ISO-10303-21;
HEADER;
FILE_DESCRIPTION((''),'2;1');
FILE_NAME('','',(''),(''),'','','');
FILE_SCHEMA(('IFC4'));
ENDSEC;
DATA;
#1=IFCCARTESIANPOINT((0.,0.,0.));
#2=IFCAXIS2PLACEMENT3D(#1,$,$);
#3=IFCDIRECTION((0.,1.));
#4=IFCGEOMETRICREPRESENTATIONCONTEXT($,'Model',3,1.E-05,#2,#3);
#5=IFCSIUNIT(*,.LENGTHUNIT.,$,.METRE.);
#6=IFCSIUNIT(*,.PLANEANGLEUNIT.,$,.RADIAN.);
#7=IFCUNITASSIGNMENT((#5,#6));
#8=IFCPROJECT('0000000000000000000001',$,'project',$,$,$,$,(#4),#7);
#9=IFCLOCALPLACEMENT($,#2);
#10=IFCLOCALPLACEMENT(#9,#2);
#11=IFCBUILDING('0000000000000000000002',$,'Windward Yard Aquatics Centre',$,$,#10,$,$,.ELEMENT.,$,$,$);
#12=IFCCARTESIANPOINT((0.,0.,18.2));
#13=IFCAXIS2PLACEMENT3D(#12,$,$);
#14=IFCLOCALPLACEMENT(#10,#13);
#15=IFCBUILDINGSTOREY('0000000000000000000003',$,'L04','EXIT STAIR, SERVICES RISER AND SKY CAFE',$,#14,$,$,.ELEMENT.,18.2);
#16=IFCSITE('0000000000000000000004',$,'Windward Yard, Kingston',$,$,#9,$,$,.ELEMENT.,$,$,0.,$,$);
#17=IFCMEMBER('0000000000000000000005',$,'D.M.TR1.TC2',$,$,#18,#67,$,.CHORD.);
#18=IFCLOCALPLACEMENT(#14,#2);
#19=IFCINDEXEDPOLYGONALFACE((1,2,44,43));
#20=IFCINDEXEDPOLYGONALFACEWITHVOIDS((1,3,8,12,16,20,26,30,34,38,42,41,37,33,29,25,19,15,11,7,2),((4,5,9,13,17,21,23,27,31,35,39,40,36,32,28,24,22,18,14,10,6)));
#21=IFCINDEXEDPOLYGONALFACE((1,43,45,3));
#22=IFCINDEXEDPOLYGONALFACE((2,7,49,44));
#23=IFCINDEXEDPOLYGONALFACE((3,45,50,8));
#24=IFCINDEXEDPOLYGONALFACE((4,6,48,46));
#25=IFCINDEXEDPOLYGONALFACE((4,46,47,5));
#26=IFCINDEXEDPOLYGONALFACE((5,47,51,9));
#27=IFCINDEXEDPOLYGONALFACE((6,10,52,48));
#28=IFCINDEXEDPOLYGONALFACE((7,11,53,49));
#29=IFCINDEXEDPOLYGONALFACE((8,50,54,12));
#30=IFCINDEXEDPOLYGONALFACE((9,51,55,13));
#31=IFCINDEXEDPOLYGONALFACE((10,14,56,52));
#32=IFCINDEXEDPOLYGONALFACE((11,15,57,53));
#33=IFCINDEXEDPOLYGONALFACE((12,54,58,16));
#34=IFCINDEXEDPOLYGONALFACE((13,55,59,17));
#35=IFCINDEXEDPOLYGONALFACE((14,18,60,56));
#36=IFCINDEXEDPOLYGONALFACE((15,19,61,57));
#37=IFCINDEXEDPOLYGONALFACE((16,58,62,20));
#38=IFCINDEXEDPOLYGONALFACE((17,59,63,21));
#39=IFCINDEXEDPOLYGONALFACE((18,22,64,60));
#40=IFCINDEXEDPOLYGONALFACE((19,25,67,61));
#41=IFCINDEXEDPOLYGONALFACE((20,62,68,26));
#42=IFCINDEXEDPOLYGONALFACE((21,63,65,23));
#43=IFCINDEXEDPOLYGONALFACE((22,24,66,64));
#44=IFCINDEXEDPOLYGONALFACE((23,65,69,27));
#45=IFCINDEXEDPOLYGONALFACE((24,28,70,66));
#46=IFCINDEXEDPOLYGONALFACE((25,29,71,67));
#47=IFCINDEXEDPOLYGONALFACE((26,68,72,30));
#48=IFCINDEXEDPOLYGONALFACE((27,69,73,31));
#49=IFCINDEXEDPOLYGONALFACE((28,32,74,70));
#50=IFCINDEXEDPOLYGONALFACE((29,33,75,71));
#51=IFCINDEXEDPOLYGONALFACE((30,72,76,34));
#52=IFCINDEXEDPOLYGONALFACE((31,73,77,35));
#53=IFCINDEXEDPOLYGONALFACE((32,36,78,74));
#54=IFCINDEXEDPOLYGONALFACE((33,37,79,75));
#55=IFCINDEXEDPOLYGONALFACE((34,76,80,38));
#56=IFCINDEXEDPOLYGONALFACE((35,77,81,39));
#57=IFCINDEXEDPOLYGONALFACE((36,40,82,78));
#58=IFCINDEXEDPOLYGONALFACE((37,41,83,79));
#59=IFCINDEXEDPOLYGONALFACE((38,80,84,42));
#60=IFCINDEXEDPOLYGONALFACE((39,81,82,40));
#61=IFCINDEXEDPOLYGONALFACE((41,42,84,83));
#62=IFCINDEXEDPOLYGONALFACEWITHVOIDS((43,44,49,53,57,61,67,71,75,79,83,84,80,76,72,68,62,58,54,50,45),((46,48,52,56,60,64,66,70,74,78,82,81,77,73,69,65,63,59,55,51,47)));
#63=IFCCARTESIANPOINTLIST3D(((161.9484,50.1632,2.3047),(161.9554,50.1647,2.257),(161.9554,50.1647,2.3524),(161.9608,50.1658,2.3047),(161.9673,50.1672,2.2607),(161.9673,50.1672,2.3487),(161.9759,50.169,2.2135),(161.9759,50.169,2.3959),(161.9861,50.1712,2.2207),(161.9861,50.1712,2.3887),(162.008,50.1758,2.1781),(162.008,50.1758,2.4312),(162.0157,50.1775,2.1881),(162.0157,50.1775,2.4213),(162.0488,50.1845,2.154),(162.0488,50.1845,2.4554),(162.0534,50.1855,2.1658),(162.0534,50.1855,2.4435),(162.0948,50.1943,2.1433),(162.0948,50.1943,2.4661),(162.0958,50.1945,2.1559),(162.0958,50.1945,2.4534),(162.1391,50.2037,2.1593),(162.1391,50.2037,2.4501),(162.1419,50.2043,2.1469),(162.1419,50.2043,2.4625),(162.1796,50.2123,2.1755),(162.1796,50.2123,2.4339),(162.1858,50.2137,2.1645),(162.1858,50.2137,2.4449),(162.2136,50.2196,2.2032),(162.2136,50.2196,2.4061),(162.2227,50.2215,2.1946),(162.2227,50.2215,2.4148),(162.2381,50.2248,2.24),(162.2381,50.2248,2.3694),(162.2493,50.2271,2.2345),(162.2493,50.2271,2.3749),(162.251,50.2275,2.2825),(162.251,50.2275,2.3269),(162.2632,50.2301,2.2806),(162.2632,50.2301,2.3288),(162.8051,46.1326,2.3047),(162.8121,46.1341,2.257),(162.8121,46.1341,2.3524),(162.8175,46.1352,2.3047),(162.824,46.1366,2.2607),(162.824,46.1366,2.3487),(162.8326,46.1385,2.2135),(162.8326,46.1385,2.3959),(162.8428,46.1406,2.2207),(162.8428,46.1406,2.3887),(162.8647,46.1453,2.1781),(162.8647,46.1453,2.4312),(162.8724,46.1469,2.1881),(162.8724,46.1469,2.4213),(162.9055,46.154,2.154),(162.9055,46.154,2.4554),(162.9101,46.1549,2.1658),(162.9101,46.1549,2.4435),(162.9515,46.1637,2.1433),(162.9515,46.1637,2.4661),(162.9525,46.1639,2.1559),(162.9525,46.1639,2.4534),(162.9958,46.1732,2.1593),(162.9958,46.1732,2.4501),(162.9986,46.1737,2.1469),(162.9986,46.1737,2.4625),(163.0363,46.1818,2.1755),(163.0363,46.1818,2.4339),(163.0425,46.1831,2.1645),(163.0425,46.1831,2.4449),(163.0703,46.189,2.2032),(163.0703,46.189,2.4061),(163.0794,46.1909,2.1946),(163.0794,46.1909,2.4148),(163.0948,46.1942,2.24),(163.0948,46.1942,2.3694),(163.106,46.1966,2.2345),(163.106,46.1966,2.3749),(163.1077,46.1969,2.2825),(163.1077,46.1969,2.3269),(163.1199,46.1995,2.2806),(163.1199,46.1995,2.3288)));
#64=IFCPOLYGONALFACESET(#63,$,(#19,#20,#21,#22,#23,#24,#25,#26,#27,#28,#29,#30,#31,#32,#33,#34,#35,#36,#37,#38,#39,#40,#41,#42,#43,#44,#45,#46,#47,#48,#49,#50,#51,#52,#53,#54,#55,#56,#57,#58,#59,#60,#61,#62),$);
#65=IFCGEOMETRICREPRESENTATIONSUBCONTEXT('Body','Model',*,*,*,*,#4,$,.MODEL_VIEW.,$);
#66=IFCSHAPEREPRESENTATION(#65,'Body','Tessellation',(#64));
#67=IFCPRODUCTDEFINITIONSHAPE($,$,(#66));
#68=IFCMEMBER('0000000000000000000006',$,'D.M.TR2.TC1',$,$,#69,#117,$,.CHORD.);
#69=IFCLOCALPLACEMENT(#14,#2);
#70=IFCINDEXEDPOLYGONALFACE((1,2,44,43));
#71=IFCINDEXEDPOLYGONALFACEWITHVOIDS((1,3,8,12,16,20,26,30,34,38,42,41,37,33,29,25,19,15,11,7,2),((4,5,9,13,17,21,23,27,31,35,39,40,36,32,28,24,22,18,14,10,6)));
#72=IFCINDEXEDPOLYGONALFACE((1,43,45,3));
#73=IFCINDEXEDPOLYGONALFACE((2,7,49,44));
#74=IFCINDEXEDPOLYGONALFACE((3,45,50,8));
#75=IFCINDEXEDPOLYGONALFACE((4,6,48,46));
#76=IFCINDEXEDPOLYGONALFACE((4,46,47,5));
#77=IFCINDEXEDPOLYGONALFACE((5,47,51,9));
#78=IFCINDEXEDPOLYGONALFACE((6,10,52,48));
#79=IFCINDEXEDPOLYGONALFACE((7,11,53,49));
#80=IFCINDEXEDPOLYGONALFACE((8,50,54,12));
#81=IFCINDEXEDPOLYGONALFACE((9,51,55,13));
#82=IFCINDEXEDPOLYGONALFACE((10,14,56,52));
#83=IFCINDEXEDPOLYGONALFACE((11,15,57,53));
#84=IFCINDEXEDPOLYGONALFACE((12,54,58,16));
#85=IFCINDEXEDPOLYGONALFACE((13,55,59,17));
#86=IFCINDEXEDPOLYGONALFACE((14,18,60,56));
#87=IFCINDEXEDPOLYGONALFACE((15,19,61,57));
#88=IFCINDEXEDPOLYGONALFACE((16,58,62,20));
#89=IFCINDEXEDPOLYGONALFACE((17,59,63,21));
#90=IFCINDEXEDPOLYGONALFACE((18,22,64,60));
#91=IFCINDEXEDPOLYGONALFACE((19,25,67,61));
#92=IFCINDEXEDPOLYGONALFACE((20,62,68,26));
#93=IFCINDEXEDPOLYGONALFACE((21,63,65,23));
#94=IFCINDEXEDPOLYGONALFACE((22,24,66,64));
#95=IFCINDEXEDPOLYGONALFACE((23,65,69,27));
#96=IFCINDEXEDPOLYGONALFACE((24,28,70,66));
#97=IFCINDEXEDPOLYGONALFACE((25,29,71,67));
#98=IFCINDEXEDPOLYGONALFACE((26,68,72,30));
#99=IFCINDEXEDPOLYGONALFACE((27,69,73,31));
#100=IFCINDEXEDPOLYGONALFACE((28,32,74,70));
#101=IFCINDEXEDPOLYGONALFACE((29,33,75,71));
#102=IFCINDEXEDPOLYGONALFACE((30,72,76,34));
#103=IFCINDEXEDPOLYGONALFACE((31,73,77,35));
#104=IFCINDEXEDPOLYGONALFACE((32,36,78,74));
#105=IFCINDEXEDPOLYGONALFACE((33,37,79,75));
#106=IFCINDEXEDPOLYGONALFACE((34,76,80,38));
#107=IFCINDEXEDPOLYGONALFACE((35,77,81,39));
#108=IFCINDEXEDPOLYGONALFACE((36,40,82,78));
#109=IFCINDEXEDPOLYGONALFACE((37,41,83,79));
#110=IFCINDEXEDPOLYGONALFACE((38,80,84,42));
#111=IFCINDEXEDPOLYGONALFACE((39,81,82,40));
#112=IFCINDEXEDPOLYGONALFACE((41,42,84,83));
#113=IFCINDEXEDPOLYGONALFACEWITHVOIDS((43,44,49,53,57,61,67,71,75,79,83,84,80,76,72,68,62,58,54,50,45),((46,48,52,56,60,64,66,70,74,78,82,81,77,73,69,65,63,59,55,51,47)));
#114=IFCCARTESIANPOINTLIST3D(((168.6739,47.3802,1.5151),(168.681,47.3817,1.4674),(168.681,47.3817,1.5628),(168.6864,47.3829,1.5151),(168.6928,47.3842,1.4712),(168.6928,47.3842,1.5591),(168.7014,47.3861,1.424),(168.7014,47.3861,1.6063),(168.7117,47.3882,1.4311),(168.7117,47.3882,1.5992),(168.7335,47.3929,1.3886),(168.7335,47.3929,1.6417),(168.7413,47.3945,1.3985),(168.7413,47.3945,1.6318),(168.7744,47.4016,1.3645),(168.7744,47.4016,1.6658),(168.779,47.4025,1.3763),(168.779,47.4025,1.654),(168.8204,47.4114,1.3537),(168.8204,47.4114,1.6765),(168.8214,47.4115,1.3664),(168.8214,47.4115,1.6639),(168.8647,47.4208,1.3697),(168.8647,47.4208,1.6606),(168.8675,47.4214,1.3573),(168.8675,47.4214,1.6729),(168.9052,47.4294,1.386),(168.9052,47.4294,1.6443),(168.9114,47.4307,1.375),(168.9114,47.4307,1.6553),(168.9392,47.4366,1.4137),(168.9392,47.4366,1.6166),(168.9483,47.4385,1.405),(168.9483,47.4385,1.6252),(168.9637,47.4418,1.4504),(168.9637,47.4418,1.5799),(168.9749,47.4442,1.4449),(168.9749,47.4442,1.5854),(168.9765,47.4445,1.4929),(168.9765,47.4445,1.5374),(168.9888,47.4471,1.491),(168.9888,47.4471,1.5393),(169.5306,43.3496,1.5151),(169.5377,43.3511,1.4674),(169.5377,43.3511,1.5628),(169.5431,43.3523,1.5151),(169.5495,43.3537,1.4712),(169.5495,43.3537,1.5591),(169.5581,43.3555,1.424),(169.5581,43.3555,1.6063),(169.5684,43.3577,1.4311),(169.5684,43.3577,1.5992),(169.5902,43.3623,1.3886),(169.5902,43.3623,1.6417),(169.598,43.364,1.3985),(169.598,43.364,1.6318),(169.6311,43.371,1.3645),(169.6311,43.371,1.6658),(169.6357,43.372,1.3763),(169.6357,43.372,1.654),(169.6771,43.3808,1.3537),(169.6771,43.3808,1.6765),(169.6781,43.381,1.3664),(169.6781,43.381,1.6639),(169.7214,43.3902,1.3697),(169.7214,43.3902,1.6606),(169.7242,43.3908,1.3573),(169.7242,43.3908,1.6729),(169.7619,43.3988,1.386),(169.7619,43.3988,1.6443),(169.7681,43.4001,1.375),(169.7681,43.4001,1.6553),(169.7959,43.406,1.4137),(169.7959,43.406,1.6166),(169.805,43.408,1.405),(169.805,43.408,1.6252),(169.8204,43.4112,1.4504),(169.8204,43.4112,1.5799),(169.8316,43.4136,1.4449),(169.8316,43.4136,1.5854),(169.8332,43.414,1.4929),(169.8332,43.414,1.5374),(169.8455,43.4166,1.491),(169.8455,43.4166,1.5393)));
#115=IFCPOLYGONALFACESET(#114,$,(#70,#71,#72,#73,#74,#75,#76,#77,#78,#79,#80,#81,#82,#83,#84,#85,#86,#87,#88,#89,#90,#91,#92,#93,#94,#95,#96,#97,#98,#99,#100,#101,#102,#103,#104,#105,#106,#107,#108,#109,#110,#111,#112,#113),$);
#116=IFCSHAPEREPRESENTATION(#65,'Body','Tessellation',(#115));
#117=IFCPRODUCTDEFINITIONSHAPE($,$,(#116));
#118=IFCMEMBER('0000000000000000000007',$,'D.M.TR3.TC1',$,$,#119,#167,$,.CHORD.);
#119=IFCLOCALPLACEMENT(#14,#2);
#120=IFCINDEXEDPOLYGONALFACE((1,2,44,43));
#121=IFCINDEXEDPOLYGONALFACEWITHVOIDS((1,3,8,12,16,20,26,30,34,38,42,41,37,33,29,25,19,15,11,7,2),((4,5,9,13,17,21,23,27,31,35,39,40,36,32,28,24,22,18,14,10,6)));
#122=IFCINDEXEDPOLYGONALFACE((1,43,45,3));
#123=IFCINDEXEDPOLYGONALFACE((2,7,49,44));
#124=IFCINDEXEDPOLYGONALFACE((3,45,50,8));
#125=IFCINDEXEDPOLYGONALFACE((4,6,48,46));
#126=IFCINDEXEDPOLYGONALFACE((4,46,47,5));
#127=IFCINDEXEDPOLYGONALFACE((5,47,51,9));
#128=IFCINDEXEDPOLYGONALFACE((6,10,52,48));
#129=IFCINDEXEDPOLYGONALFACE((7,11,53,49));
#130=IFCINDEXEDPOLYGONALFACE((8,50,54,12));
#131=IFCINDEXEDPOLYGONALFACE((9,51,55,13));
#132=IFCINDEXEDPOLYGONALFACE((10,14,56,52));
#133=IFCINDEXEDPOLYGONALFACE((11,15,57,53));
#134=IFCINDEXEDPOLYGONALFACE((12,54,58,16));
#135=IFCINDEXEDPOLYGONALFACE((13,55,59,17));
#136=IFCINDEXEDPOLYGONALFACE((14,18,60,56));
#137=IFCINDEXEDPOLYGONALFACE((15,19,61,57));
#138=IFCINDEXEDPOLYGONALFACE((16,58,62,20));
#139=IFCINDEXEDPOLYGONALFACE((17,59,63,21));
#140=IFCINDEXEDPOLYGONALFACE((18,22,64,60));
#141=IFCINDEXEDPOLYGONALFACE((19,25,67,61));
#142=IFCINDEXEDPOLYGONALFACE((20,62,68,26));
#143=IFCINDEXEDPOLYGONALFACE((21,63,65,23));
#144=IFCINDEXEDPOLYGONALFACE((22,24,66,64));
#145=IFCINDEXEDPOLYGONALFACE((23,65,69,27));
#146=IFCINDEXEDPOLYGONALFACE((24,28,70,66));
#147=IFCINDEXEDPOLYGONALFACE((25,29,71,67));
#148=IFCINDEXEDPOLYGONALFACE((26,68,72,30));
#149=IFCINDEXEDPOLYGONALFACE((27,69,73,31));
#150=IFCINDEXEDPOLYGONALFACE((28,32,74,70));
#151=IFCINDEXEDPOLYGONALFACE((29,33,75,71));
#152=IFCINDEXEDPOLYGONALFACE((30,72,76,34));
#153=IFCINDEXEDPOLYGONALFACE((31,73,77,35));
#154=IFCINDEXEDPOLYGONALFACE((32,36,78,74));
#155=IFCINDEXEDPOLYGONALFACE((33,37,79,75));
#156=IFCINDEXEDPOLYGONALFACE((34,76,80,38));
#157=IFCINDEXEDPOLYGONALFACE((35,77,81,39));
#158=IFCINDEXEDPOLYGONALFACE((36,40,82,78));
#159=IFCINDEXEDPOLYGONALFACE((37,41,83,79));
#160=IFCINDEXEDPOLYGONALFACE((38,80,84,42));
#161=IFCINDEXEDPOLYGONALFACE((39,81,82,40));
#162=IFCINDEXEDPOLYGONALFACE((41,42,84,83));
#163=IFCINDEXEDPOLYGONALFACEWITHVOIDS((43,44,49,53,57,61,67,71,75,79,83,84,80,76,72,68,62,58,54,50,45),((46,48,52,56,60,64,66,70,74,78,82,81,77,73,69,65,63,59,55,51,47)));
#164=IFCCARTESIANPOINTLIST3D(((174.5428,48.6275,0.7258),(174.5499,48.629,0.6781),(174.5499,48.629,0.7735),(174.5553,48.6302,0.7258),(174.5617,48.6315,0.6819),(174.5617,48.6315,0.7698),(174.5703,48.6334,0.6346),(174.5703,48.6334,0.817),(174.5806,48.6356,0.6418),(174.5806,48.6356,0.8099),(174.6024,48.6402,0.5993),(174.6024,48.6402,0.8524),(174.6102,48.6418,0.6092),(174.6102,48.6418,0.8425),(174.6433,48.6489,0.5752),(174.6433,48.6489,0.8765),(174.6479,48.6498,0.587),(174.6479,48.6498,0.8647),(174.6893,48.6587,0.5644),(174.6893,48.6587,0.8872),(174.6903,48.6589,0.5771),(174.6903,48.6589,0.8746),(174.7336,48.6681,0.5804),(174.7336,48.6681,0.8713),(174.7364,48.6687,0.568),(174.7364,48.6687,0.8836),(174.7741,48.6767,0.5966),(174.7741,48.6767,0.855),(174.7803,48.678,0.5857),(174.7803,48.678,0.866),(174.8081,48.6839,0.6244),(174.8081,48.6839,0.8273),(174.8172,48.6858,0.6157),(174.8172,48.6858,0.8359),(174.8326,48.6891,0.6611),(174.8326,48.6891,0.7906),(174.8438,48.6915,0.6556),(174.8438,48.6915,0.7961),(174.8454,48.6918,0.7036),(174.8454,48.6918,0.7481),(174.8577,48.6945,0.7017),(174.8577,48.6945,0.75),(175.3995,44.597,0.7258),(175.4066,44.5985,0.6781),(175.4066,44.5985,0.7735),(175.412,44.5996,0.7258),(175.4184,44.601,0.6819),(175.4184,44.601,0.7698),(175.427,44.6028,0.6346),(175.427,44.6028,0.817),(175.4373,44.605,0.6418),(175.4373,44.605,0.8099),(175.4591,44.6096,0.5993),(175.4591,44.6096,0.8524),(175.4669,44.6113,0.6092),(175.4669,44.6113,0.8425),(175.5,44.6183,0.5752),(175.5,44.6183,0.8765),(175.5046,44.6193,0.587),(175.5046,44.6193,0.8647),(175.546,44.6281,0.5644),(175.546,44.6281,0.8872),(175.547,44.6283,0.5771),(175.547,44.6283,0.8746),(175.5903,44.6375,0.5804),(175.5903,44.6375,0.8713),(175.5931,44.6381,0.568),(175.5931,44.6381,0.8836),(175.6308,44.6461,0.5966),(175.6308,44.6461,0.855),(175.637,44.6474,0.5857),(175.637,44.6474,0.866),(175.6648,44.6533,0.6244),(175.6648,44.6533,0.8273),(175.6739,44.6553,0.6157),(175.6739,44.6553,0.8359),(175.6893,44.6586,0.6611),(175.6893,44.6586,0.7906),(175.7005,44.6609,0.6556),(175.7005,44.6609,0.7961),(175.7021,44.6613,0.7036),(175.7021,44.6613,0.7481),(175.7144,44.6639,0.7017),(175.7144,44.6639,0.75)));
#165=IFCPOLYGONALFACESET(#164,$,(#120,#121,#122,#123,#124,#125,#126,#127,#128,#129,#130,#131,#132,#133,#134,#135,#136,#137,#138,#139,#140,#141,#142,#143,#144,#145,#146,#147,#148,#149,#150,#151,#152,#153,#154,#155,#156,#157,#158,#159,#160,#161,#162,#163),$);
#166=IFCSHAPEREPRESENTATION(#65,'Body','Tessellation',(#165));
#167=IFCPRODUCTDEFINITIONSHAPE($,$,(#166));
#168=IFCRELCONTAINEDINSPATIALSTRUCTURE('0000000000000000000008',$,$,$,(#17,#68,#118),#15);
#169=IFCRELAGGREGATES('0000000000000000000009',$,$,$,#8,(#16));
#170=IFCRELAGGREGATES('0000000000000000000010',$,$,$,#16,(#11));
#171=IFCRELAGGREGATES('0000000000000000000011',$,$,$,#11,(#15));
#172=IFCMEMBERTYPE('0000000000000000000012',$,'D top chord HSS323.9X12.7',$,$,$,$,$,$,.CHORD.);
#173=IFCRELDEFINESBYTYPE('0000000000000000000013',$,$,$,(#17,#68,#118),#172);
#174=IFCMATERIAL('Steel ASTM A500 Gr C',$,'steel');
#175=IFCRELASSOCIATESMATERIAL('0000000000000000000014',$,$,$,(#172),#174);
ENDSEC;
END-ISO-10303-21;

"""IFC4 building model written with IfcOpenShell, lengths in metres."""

from ifc_helpers import new_model, si_unit, direction, frame, origin, origin_2d, place, context, subcontext, project, spatial, hollow_circle, extrude, material, material_profile, profile_set, type_object, element, save


model = new_model("IFC4")

# Units and contexts
model_context = context("Model", 3, precision=1e-05, world=origin(), true_north=direction((0.0, 1.0)))
body_context = subcontext(model_context, "Body", "Model", "MODEL_VIEW")
ifc_project = project(units=[si_unit("LENGTHUNIT", "METRE"), si_unit("PLANEANGLEUNIT", "RADIAN")], contexts=[model_context])

# Site, building, storey
site_placement = place(None, origin())
site = spatial("IfcSite", under=ifc_project, at=site_placement, Name="Windward Yard, Kingston", CompositionType="ELEMENT", RefElevation=0.0)
building_placement = place(site_placement, origin())
building = spatial("IfcBuilding", under=site, at=building_placement, Name="Windward Yard Aquatics Centre", CompositionType="ELEMENT")
storey_placement = place(building_placement, frame((0.0, 0.0, 18.2)))
storey = spatial("IfcBuildingStorey", under=building, at=storey_placement, Name="L04", Description="EXIT STAIR, SERVICES RISER AND SKY CAFE", CompositionType="ELEMENT", Elevation=18.2)

# Shared definitions
ifc_material_1 = material(Name="Steel ASTM A500 Gr C", Category="steel")

# Members
ifc_material_profile_1 = material_profile(ifc_material_1, hollow_circle(Radius=0.1619, WallThickness=0.0127, at=origin_2d()), Name="HSS323.9X12.7")
ifc_profile_set_1 = profile_set([ifc_material_profile_1], Name="Steel ASTM A500 Gr C")
member_type_1 = type_object("IfcMemberType", Name="D top chord HSS323.9X12.7", PredefinedType="CHORD", material=ifc_profile_set_1)
for number, where, z_axis, x_axis, name in (
    (1, (162.9634, 46.1663, 2.3047), (-0.207906, 0.978149, 0.0), (-0.978149, -0.207906, 0.0), "D.M.TR1.TC2"),
    (2, (169.689, 43.3833, 1.5151), (-0.207906, 0.978149, 0.0), (-0.978149, -0.207906, 0.0), "D.M.TR2.TC1"),
    (3, (175.5579, 44.6306, 0.7258), (-0.207906, 0.978149, 0.0), (-0.978149, -0.207906, 0.0), "D.M.TR3.TC1"),
):
    element("IfcMember", number, at=place(storey_placement, frame(where, z_axis=z_axis, x_axis=x_axis)), inside=storey, type_object=member_type_1, Name=name, PredefinedType="CHORD", context=body_context, shape_type="SweptSolid", body=[
        extrude(hollow_circle(Radius=0.1619, WallThickness=0.0127, at=origin_2d()), origin(), (0.0, 0.0, 1.0), 4.1206),
    ])

save(model, "model.ifc")
